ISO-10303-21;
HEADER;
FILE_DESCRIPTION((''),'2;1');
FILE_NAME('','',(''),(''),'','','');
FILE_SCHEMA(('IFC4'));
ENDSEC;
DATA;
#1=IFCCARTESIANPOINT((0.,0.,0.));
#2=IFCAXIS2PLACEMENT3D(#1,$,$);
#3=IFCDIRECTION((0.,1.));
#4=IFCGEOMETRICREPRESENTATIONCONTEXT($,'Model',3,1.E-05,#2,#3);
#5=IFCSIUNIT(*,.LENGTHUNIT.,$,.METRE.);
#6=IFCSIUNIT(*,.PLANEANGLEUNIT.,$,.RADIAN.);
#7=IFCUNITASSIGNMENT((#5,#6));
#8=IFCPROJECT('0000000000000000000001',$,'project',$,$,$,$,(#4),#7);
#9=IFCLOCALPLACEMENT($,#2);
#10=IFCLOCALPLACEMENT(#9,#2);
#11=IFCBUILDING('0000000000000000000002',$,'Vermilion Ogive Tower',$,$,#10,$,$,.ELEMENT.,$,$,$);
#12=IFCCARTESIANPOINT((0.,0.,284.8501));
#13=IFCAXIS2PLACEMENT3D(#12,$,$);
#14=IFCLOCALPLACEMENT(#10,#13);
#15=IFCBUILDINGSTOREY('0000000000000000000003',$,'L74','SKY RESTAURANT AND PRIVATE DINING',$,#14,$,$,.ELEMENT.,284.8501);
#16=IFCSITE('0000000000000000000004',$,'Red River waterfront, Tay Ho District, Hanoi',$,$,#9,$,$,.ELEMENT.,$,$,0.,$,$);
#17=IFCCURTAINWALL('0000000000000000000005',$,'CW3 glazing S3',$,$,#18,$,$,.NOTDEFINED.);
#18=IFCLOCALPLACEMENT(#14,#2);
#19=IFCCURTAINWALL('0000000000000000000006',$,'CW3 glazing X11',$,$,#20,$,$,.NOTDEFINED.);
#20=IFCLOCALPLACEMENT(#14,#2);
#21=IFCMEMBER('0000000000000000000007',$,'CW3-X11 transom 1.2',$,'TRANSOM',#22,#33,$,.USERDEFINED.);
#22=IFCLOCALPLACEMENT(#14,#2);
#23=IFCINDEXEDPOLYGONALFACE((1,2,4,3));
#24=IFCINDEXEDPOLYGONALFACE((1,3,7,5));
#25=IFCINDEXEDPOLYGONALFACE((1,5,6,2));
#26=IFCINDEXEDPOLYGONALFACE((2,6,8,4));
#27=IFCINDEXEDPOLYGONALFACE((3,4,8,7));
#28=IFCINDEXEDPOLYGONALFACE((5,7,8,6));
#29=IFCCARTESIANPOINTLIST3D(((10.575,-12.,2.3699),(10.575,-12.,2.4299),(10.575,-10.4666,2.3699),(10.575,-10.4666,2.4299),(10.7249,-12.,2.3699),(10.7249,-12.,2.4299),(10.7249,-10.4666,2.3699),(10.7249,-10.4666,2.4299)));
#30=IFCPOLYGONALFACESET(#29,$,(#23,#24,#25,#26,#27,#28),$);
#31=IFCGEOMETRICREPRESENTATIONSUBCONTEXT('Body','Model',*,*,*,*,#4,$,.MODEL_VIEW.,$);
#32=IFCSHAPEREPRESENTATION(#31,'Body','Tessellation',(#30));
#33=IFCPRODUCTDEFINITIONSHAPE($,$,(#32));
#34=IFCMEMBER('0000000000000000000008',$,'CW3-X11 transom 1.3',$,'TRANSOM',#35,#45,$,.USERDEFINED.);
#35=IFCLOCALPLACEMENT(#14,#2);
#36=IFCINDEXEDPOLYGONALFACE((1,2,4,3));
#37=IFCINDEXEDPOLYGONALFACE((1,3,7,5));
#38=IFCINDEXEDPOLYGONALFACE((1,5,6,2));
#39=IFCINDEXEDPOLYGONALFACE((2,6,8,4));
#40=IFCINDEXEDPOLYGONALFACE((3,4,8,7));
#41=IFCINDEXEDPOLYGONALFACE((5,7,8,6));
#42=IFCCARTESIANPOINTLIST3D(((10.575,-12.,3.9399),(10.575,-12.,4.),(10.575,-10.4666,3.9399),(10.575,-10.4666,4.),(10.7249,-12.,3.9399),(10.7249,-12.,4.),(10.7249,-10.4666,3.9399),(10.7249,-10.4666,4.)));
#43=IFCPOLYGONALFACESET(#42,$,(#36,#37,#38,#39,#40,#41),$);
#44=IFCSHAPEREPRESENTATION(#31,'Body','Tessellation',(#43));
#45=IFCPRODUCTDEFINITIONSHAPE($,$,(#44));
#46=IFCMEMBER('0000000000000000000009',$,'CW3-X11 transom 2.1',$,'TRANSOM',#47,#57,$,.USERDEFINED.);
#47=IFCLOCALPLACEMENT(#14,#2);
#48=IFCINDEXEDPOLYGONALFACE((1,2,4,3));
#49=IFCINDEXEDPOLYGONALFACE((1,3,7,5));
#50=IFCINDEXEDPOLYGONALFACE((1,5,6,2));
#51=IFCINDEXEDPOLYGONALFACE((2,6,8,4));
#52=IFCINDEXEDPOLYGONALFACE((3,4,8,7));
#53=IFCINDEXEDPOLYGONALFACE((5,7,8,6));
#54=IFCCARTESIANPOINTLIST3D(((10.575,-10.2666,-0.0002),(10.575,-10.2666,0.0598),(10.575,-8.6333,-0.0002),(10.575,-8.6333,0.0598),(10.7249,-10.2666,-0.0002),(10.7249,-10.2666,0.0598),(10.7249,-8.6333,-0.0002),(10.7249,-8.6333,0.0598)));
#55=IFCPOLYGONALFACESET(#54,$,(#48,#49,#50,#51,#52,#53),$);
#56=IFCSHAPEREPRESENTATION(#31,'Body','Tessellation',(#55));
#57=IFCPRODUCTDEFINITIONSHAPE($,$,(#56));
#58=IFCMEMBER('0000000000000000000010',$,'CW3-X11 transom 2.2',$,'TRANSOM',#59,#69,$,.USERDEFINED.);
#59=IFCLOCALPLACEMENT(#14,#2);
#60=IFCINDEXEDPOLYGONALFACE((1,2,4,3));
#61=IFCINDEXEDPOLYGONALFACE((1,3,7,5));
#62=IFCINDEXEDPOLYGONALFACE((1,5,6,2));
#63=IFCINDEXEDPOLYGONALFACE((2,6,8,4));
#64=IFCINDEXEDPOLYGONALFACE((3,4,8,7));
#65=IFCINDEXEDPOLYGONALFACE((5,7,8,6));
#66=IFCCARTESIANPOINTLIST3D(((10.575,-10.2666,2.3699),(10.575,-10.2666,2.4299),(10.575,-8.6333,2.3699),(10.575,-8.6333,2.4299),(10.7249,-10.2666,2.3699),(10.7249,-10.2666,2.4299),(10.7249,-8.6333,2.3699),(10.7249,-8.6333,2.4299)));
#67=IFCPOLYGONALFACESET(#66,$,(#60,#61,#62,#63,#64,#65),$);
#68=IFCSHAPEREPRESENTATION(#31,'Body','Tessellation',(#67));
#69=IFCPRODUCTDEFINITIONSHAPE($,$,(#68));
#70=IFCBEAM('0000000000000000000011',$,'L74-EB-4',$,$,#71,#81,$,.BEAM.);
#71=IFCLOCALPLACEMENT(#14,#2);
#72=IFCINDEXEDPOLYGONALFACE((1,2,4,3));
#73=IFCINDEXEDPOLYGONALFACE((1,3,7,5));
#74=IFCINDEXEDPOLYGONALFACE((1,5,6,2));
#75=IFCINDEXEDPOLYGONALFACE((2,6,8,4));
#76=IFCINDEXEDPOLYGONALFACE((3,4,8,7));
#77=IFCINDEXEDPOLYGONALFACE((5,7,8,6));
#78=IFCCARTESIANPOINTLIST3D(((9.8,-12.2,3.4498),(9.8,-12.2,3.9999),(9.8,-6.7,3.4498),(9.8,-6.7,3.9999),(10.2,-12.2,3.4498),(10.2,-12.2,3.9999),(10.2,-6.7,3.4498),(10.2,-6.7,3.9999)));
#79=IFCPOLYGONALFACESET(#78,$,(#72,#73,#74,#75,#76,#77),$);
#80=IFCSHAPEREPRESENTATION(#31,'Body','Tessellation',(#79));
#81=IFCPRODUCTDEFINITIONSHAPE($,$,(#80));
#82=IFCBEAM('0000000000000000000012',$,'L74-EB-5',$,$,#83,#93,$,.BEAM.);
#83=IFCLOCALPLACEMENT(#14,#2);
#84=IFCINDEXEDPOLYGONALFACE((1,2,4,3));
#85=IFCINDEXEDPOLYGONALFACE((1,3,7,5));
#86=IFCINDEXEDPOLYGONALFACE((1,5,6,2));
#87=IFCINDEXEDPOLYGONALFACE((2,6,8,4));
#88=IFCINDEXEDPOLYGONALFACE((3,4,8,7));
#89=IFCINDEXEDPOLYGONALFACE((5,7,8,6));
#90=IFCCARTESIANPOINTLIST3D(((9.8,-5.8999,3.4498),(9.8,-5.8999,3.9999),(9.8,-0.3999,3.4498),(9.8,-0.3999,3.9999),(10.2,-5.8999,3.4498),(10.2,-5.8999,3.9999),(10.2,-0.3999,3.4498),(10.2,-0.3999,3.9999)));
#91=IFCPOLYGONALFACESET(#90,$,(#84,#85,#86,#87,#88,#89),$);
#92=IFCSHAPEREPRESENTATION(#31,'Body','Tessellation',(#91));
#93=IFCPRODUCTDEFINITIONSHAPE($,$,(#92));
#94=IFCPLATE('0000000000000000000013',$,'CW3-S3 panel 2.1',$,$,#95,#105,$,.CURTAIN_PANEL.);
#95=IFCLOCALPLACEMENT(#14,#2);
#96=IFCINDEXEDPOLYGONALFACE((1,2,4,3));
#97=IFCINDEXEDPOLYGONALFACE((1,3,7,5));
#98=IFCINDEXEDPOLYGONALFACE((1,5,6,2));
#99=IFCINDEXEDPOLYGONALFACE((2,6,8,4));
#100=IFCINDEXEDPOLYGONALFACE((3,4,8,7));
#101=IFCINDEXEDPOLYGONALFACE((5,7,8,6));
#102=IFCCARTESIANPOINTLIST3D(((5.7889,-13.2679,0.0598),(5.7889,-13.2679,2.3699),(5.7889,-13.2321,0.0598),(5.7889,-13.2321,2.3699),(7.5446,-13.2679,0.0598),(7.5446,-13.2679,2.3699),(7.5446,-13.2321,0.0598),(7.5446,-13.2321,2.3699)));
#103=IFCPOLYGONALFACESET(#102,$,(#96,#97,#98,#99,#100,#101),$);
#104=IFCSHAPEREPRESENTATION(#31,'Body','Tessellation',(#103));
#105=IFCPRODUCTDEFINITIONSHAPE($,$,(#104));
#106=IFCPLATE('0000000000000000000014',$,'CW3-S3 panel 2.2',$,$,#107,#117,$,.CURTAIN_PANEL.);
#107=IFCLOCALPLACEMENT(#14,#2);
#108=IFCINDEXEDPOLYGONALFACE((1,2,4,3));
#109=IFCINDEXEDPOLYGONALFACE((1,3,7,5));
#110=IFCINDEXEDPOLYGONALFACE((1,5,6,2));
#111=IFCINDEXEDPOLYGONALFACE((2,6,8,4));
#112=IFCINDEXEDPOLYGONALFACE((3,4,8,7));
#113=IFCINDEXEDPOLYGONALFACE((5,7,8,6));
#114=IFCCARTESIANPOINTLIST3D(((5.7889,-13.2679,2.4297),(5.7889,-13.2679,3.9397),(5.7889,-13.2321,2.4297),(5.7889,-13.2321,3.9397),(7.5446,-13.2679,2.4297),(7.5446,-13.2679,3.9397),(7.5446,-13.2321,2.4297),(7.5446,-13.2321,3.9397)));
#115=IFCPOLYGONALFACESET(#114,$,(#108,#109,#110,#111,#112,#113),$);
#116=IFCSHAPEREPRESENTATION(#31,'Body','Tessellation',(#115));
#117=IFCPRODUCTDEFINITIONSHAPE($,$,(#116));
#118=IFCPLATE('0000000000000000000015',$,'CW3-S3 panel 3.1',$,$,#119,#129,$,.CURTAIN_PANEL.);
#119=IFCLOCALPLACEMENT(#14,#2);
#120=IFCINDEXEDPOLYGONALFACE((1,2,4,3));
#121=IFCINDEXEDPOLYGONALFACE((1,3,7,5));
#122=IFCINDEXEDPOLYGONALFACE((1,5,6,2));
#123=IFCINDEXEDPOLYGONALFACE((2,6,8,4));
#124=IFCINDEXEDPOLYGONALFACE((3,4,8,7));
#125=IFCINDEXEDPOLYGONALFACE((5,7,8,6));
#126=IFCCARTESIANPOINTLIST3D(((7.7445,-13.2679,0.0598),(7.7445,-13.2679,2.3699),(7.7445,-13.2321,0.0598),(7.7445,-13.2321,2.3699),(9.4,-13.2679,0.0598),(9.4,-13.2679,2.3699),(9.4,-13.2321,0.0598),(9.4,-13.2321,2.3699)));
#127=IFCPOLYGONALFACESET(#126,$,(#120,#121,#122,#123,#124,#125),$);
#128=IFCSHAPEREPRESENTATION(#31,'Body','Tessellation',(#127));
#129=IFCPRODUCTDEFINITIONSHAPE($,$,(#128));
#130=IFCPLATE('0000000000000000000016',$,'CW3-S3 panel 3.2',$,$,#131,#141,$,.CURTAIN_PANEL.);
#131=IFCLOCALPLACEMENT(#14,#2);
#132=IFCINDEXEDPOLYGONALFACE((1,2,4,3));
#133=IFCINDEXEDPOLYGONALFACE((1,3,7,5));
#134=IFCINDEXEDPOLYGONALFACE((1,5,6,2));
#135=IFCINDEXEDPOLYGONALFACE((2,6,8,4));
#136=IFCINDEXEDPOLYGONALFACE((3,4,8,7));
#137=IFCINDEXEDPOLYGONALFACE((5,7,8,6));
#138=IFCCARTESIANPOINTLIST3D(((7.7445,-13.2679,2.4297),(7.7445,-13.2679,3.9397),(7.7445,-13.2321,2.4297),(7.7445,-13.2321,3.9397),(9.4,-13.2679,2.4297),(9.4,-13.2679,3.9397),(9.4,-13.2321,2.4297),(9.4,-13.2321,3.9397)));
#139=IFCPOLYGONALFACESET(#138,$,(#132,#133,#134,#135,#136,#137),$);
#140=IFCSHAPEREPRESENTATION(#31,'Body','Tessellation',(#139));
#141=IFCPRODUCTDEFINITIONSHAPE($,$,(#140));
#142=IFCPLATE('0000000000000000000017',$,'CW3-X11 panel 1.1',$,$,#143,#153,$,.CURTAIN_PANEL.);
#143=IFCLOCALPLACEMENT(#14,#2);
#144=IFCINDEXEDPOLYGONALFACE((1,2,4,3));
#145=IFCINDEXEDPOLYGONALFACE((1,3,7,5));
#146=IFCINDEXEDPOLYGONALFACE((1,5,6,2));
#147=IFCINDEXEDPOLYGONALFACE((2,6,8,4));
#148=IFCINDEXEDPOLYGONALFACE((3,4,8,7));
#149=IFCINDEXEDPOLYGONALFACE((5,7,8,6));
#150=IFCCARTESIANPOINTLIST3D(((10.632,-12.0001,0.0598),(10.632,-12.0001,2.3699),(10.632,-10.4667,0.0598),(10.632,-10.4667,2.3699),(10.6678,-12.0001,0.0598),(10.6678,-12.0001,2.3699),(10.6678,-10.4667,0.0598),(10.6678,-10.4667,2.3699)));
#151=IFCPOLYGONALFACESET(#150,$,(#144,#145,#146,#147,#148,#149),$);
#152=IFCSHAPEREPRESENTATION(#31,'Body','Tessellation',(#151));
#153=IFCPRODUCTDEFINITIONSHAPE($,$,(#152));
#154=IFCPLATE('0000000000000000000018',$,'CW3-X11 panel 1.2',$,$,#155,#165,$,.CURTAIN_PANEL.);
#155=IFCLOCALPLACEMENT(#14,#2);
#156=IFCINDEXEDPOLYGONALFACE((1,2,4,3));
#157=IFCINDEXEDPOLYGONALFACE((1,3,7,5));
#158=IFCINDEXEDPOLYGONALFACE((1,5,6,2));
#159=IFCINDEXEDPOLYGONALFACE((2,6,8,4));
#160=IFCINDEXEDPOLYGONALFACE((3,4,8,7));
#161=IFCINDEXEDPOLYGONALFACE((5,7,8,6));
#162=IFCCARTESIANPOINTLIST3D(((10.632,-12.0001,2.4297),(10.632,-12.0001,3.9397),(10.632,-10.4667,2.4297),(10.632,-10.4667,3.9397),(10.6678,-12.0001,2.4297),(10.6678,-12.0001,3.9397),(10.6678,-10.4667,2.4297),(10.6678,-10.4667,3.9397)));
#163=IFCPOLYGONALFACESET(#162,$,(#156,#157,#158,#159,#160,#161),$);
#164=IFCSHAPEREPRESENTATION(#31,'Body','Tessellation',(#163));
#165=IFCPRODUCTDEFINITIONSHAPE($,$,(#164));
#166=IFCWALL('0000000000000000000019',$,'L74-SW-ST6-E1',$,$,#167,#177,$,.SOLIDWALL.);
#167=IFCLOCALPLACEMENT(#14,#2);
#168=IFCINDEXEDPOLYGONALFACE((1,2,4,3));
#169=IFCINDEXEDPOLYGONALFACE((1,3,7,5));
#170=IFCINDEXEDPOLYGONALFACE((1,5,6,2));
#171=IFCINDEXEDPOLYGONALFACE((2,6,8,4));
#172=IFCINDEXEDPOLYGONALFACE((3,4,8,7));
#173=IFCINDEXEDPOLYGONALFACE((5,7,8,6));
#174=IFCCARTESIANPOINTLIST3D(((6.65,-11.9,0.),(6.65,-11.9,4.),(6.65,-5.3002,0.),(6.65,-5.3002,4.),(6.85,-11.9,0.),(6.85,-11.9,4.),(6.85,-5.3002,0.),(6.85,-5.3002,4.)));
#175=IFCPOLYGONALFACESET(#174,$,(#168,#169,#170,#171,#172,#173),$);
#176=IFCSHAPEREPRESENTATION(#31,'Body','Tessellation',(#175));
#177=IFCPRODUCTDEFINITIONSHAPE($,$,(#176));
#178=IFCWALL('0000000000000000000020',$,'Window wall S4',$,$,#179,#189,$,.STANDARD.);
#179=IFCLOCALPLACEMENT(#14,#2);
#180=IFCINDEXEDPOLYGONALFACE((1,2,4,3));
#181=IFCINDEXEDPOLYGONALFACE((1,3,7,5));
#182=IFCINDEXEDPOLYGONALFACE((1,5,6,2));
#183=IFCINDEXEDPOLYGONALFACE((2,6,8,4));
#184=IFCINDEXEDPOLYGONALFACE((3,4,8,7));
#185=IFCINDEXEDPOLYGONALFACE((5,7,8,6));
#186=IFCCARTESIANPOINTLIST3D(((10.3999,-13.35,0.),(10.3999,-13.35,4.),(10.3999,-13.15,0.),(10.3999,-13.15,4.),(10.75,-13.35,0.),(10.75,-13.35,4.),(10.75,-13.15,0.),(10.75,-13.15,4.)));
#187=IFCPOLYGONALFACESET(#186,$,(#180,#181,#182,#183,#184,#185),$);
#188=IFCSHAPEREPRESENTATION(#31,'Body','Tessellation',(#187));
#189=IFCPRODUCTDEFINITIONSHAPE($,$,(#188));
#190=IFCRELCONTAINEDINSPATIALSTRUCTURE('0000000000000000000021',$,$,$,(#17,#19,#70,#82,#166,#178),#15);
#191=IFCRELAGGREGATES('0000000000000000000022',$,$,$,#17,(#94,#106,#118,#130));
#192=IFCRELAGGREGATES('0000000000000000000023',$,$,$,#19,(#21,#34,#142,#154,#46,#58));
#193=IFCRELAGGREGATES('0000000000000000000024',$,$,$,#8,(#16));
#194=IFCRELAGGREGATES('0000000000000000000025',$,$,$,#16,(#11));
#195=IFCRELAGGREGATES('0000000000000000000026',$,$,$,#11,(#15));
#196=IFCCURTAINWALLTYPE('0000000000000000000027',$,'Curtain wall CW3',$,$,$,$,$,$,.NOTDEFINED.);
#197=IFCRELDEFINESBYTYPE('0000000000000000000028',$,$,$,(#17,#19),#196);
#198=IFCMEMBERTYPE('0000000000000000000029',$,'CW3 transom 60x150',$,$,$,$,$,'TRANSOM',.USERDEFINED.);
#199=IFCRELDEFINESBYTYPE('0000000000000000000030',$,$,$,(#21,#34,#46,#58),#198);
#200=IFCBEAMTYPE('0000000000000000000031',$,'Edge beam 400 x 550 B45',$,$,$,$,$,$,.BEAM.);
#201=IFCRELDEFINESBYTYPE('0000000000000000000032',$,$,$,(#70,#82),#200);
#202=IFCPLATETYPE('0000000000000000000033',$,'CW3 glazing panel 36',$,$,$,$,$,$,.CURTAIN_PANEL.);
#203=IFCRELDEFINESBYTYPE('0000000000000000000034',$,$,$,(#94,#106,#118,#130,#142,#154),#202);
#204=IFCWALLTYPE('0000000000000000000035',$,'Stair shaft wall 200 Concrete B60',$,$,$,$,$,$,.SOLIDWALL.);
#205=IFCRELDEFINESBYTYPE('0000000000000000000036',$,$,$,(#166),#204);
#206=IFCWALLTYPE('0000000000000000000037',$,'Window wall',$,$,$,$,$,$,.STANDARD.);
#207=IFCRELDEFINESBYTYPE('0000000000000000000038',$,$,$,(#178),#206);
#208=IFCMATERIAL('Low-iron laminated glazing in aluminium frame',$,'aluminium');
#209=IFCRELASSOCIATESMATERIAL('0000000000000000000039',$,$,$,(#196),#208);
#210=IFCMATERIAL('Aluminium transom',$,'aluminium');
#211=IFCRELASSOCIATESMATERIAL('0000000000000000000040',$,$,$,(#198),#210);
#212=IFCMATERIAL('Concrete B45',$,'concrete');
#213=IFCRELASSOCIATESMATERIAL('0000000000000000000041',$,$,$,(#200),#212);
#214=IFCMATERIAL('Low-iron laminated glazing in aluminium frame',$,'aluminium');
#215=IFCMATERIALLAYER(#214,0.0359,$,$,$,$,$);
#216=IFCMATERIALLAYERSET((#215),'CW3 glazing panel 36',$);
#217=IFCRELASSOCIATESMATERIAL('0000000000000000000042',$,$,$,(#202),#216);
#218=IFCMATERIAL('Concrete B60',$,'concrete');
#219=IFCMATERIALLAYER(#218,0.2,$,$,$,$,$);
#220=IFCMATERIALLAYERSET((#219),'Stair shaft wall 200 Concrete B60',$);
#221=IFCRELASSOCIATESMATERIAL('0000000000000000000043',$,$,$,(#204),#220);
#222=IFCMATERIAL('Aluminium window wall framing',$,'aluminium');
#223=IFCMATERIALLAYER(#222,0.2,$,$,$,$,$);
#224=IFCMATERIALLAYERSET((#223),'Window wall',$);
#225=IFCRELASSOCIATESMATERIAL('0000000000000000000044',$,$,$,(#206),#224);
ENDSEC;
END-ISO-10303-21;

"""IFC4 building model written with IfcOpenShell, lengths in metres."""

from ifc_helpers import new_model, si_unit, direction, frame, frame_2d, origin, origin_2d, place, context, subcontext, project, spatial, rectangle, extrude, material, layer, layer_set, material_profile, profile_set, type_object, element, aggregate, save


model = new_model("IFC4")

# Units and contexts
model_context = context("Model", 3, precision=1e-05, world=origin(), true_north=direction((0.0, 1.0)))
body_context = subcontext(model_context, "Body", "Model", "MODEL_VIEW")
ifc_project = project(units=[si_unit("LENGTHUNIT", "METRE"), si_unit("PLANEANGLEUNIT", "RADIAN")], contexts=[model_context])

# Site, building, storey
site_placement = place(None, origin())
site = spatial("IfcSite", under=ifc_project, at=site_placement, Name="Red River waterfront, Tay Ho District, Hanoi", CompositionType="ELEMENT", RefElevation=0.0)
building_placement = place(site_placement, origin())
building = spatial("IfcBuilding", under=site, at=building_placement, Name="Vermilion Ogive Tower", CompositionType="ELEMENT")
storey_placement = place(building_placement, frame((0.0, 0.0, 284.8501)))
storey = spatial("IfcBuildingStorey", under=building, at=storey_placement, Name="L74", Description="SKY RESTAURANT AND PRIVATE DINING", CompositionType="ELEMENT", Elevation=284.8501)

# Curtain walls
ifc_material_1 = material(Name="Low-iron laminated glazing in aluminium frame", Category="aluminium")
curtain_wall_type = type_object("IfcCurtainWallType", Name="Curtain wall CW3", PredefinedType="NOTDEFINED", material=ifc_material_1)
curtain_wall_1_placement = place(storey_placement, origin())
curtain_wall_1 = element("IfcCurtainWall", 1, at=curtain_wall_1_placement, inside=storey, type_object=curtain_wall_type, Name="CW3 glazing S3", PredefinedType="NOTDEFINED")
curtain_wall_2_placement = place(storey_placement, origin())
curtain_wall_2 = element("IfcCurtainWall", 2, at=curtain_wall_2_placement, inside=storey, type_object=curtain_wall_type, Name="CW3 glazing X11", PredefinedType="NOTDEFINED")

# Members
ifc_material_2 = material(Name="Aluminium transom", Category="aluminium")
ifc_material_profile_1 = material_profile(ifc_material_2, rectangle(XDim=0.1499, YDim=0.0601, at=origin_2d()), Name="AL 60x150")
ifc_profile_set_1 = profile_set([ifc_material_profile_1], Name="Aluminium transom")
member_type_1 = type_object("IfcMemberType", Name="CW3 transom 60x150", ElementType="TRANSOM", PredefinedType="USERDEFINED", material=ifc_profile_set_1)
member_1_placement = place(storey_placement, frame((10.6499, -12.0, 2.3999), z_axis=(0.0, 1.0, 0.0), x_axis=(-1.0, 0.0, 0.0)))
member_1 = element("IfcMember", 3, at=member_1_placement, type_object=member_type_1, Name="CW3-X11 transom 1.2", ObjectType="TRANSOM", PredefinedType="USERDEFINED", context=body_context, shape_type="SweptSolid", body=[
    extrude(rectangle(XDim=0.1499, YDim=0.0601, at=origin_2d()), origin(), (0.0, 0.0, 1.0), 1.5334),
])
member_2_placement = place(storey_placement, frame((10.6499, -12.0, 3.97), z_axis=(0.0, 1.0, 0.0), x_axis=(-1.0, 0.0, 0.0)))
member_2 = element("IfcMember", 4, at=member_2_placement, type_object=member_type_1, Name="CW3-X11 transom 1.3", ObjectType="TRANSOM", PredefinedType="USERDEFINED", context=body_context, shape_type="SweptSolid", body=[
    extrude(rectangle(XDim=0.1499, YDim=0.0601, at=origin_2d()), origin(), (0.0, 0.0, 1.0), 1.5334),
])
member_3_placement = place(storey_placement, frame((10.6499, -10.2666, 0.0298), z_axis=(0.0, 1.0, 0.0), x_axis=(-1.0, 0.0, 0.0)))
member_3 = element("IfcMember", 5, at=member_3_placement, type_object=member_type_1, Name="CW3-X11 transom 2.1", ObjectType="TRANSOM", PredefinedType="USERDEFINED", context=body_context, shape_type="SweptSolid", body=[
    extrude(rectangle(XDim=0.1499, YDim=0.0601, at=origin_2d()), origin(), (0.0, 0.0, 1.0), 1.6333),
])
member_4_placement = place(storey_placement, frame((10.6499, -10.2666, 2.3999), z_axis=(0.0, 1.0, 0.0), x_axis=(-1.0, 0.0, 0.0)))
member_4 = element("IfcMember", 6, at=member_4_placement, type_object=member_type_1, Name="CW3-X11 transom 2.2", ObjectType="TRANSOM", PredefinedType="USERDEFINED", context=body_context, shape_type="SweptSolid", body=[
    extrude(rectangle(XDim=0.1499, YDim=0.0601, at=origin_2d()), origin(), (0.0, 0.0, 1.0), 1.6333),
])

# Beams
ifc_material_3 = material(Name="Concrete B45", Category="concrete")
ifc_material_profile_2 = material_profile(ifc_material_3, rectangle(XDim=0.3999, YDim=0.55, at=origin_2d()), Name="400 x 550")
ifc_profile_set_2 = profile_set([ifc_material_profile_2], Name="Concrete B45")
beam_type = type_object("IfcBeamType", Name="Edge beam 400 x 550 B45", PredefinedType="BEAM", material=ifc_profile_set_2)
for number, where, z_axis, x_axis, name in (
    (7, (10.0, -12.2, 3.7249), (0.0, 1.0, 0.0), (-1.0, 0.0, 0.0), "L74-EB-4"),
    (8, (10.0, -5.8999, 3.7249), (0.0, 1.0, 0.0), (-1.0, 0.0, 0.0), "L74-EB-5"),
):
    element("IfcBeam", number, at=place(storey_placement, frame(where, z_axis=z_axis, x_axis=x_axis)), inside=storey, type_object=beam_type, Name=name, PredefinedType="BEAM", context=body_context, shape_type="SweptSolid", body=[
        extrude(rectangle(XDim=0.3999, YDim=0.55, at=origin_2d()), origin(), (0.0, 0.0, 1.0), 5.5),
    ])

# Plates
ifc_material_4 = material(Name="Low-iron laminated glazing in aluminium frame", Category="aluminium")
ifc_layer_1 = layer(ifc_material_4, 0.0359)
ifc_layer_set_1 = layer_set([ifc_layer_1], Name="CW3 glazing panel 36")
plate_type = type_object("IfcPlateType", Name="CW3 glazing panel 36", PredefinedType="CURTAIN_PANEL", material=ifc_layer_set_1)
plate_1_placement = place(storey_placement, frame((6.6667, -13.25, 0.0598), z_axis=(0.0, 0.0, 1.0), x_axis=(1.0, 0.0, 0.0)))
plate_1 = element("IfcPlate", 9, at=plate_1_placement, type_object=plate_type, Name="CW3-S3 panel 2.1", PredefinedType="CURTAIN_PANEL", context=body_context, shape_type="SweptSolid", body=[
    extrude(rectangle(XDim=1.7556, YDim=0.0359, at=origin_2d()), origin(), (0.0, 0.0, 1.0), 2.3101),
])
plate_2_placement = place(storey_placement, frame((6.6667, -13.25, 2.4297), z_axis=(0.0, 0.0, 1.0), x_axis=(1.0, 0.0, 0.0)))
plate_2 = element("IfcPlate", 10, at=plate_2_placement, type_object=plate_type, Name="CW3-S3 panel 2.2", PredefinedType="CURTAIN_PANEL", context=body_context, shape_type="SweptSolid", body=[
    extrude(rectangle(XDim=1.7556, YDim=0.0359, at=origin_2d()), origin(), (0.0, 0.0, 1.0), 1.51),
])
plate_3_placement = place(storey_placement, frame((8.5723, -13.25, 0.0598), z_axis=(0.0, 0.0, 1.0), x_axis=(1.0, 0.0, 0.0)))
plate_3 = element("IfcPlate", 11, at=plate_3_placement, type_object=plate_type, Name="CW3-S3 panel 3.1", PredefinedType="CURTAIN_PANEL", context=body_context, shape_type="SweptSolid", body=[
    extrude(rectangle(XDim=1.6555, YDim=0.0359, at=origin_2d()), origin(), (0.0, 0.0, 1.0), 2.3101),
])
plate_4_placement = place(storey_placement, frame((8.5723, -13.25, 2.4297), z_axis=(0.0, 0.0, 1.0), x_axis=(1.0, 0.0, 0.0)))
plate_4 = element("IfcPlate", 12, at=plate_4_placement, type_object=plate_type, Name="CW3-S3 panel 3.2", PredefinedType="CURTAIN_PANEL", context=body_context, shape_type="SweptSolid", body=[
    extrude(rectangle(XDim=1.6555, YDim=0.0359, at=origin_2d()), origin(), (0.0, 0.0, 1.0), 1.51),
])
aggregate(curtain_wall_1, [plate_1, plate_2, plate_3, plate_4])
plate_5_placement = place(storey_placement, frame((10.6499, -11.2334, 0.0598), z_axis=(0.0, 0.0, 1.0), x_axis=(0.0, 1.0, 0.0)))
plate_5 = element("IfcPlate", 13, at=plate_5_placement, type_object=plate_type, Name="CW3-X11 panel 1.1", PredefinedType="CURTAIN_PANEL", context=body_context, shape_type="SweptSolid", body=[
    extrude(rectangle(XDim=1.5334, YDim=0.0359, at=origin_2d()), origin(), (0.0, 0.0, 1.0), 2.3101),
])
plate_6_placement = place(storey_placement, frame((10.6499, -11.2334, 2.4297), z_axis=(0.0, 0.0, 1.0), x_axis=(0.0, 1.0, 0.0)))
plate_6 = element("IfcPlate", 14, at=plate_6_placement, type_object=plate_type, Name="CW3-X11 panel 1.2", PredefinedType="CURTAIN_PANEL", context=body_context, shape_type="SweptSolid", body=[
    extrude(rectangle(XDim=1.5334, YDim=0.0359, at=origin_2d()), origin(), (0.0, 0.0, 1.0), 1.51),
])
aggregate(curtain_wall_2, [member_1, member_2, plate_5, plate_6, member_3, member_4])

# Walls
ifc_material_5 = material(Name="Concrete B60", Category="concrete")
ifc_layer_2 = layer(ifc_material_5, 0.2)
ifc_layer_set_2 = layer_set([ifc_layer_2], Name="Stair shaft wall 200 Concrete B60")
wall_type_1 = type_object("IfcWallType", Name="Stair shaft wall 200 Concrete B60", PredefinedType="SOLIDWALL", material=ifc_layer_set_2)
wall_1_placement = place(storey_placement, frame((6.75, -11.8999, 0.0), z_axis=(0.0, 0.0, 1.0), x_axis=(0.0, 1.0, 0.0)))
element("IfcWall", 15, at=wall_1_placement, inside=storey, type_object=wall_type_1, Name="L74-SW-ST6-E1", PredefinedType="SOLIDWALL", context=body_context, shape_type="SweptSolid", body=[
    extrude(rectangle(XDim=6.5999, YDim=0.2, at=frame_2d((3.2998, 0.0))), origin(), (0.0, 0.0, 1.0), 4.0),
])
ifc_material_6 = material(Name="Aluminium window wall framing", Category="aluminium")
ifc_layer_3 = layer(ifc_material_6, 0.2)
ifc_layer_set_3 = layer_set([ifc_layer_3], Name="Window wall")
wall_type_2 = type_object("IfcWallType", Name="Window wall", PredefinedType="STANDARD", material=ifc_layer_set_3)
wall_2_placement = place(storey_placement, frame((10.3999, -13.25, 0.0), z_axis=(0.0, 0.0, 1.0), x_axis=(1.0, 0.0, 0.0)))
element("IfcWall", 16, at=wall_2_placement, inside=storey, type_object=wall_type_2, Name="Window wall S4", PredefinedType="STANDARD", context=body_context, shape_type="SweptSolid", body=[
    extrude(rectangle(XDim=0.3501, YDim=0.2, at=frame_2d((0.175, 0.0))), origin(), (0.0, 0.0, 1.0), 4.0),
])

save(model, "model.ifc")
